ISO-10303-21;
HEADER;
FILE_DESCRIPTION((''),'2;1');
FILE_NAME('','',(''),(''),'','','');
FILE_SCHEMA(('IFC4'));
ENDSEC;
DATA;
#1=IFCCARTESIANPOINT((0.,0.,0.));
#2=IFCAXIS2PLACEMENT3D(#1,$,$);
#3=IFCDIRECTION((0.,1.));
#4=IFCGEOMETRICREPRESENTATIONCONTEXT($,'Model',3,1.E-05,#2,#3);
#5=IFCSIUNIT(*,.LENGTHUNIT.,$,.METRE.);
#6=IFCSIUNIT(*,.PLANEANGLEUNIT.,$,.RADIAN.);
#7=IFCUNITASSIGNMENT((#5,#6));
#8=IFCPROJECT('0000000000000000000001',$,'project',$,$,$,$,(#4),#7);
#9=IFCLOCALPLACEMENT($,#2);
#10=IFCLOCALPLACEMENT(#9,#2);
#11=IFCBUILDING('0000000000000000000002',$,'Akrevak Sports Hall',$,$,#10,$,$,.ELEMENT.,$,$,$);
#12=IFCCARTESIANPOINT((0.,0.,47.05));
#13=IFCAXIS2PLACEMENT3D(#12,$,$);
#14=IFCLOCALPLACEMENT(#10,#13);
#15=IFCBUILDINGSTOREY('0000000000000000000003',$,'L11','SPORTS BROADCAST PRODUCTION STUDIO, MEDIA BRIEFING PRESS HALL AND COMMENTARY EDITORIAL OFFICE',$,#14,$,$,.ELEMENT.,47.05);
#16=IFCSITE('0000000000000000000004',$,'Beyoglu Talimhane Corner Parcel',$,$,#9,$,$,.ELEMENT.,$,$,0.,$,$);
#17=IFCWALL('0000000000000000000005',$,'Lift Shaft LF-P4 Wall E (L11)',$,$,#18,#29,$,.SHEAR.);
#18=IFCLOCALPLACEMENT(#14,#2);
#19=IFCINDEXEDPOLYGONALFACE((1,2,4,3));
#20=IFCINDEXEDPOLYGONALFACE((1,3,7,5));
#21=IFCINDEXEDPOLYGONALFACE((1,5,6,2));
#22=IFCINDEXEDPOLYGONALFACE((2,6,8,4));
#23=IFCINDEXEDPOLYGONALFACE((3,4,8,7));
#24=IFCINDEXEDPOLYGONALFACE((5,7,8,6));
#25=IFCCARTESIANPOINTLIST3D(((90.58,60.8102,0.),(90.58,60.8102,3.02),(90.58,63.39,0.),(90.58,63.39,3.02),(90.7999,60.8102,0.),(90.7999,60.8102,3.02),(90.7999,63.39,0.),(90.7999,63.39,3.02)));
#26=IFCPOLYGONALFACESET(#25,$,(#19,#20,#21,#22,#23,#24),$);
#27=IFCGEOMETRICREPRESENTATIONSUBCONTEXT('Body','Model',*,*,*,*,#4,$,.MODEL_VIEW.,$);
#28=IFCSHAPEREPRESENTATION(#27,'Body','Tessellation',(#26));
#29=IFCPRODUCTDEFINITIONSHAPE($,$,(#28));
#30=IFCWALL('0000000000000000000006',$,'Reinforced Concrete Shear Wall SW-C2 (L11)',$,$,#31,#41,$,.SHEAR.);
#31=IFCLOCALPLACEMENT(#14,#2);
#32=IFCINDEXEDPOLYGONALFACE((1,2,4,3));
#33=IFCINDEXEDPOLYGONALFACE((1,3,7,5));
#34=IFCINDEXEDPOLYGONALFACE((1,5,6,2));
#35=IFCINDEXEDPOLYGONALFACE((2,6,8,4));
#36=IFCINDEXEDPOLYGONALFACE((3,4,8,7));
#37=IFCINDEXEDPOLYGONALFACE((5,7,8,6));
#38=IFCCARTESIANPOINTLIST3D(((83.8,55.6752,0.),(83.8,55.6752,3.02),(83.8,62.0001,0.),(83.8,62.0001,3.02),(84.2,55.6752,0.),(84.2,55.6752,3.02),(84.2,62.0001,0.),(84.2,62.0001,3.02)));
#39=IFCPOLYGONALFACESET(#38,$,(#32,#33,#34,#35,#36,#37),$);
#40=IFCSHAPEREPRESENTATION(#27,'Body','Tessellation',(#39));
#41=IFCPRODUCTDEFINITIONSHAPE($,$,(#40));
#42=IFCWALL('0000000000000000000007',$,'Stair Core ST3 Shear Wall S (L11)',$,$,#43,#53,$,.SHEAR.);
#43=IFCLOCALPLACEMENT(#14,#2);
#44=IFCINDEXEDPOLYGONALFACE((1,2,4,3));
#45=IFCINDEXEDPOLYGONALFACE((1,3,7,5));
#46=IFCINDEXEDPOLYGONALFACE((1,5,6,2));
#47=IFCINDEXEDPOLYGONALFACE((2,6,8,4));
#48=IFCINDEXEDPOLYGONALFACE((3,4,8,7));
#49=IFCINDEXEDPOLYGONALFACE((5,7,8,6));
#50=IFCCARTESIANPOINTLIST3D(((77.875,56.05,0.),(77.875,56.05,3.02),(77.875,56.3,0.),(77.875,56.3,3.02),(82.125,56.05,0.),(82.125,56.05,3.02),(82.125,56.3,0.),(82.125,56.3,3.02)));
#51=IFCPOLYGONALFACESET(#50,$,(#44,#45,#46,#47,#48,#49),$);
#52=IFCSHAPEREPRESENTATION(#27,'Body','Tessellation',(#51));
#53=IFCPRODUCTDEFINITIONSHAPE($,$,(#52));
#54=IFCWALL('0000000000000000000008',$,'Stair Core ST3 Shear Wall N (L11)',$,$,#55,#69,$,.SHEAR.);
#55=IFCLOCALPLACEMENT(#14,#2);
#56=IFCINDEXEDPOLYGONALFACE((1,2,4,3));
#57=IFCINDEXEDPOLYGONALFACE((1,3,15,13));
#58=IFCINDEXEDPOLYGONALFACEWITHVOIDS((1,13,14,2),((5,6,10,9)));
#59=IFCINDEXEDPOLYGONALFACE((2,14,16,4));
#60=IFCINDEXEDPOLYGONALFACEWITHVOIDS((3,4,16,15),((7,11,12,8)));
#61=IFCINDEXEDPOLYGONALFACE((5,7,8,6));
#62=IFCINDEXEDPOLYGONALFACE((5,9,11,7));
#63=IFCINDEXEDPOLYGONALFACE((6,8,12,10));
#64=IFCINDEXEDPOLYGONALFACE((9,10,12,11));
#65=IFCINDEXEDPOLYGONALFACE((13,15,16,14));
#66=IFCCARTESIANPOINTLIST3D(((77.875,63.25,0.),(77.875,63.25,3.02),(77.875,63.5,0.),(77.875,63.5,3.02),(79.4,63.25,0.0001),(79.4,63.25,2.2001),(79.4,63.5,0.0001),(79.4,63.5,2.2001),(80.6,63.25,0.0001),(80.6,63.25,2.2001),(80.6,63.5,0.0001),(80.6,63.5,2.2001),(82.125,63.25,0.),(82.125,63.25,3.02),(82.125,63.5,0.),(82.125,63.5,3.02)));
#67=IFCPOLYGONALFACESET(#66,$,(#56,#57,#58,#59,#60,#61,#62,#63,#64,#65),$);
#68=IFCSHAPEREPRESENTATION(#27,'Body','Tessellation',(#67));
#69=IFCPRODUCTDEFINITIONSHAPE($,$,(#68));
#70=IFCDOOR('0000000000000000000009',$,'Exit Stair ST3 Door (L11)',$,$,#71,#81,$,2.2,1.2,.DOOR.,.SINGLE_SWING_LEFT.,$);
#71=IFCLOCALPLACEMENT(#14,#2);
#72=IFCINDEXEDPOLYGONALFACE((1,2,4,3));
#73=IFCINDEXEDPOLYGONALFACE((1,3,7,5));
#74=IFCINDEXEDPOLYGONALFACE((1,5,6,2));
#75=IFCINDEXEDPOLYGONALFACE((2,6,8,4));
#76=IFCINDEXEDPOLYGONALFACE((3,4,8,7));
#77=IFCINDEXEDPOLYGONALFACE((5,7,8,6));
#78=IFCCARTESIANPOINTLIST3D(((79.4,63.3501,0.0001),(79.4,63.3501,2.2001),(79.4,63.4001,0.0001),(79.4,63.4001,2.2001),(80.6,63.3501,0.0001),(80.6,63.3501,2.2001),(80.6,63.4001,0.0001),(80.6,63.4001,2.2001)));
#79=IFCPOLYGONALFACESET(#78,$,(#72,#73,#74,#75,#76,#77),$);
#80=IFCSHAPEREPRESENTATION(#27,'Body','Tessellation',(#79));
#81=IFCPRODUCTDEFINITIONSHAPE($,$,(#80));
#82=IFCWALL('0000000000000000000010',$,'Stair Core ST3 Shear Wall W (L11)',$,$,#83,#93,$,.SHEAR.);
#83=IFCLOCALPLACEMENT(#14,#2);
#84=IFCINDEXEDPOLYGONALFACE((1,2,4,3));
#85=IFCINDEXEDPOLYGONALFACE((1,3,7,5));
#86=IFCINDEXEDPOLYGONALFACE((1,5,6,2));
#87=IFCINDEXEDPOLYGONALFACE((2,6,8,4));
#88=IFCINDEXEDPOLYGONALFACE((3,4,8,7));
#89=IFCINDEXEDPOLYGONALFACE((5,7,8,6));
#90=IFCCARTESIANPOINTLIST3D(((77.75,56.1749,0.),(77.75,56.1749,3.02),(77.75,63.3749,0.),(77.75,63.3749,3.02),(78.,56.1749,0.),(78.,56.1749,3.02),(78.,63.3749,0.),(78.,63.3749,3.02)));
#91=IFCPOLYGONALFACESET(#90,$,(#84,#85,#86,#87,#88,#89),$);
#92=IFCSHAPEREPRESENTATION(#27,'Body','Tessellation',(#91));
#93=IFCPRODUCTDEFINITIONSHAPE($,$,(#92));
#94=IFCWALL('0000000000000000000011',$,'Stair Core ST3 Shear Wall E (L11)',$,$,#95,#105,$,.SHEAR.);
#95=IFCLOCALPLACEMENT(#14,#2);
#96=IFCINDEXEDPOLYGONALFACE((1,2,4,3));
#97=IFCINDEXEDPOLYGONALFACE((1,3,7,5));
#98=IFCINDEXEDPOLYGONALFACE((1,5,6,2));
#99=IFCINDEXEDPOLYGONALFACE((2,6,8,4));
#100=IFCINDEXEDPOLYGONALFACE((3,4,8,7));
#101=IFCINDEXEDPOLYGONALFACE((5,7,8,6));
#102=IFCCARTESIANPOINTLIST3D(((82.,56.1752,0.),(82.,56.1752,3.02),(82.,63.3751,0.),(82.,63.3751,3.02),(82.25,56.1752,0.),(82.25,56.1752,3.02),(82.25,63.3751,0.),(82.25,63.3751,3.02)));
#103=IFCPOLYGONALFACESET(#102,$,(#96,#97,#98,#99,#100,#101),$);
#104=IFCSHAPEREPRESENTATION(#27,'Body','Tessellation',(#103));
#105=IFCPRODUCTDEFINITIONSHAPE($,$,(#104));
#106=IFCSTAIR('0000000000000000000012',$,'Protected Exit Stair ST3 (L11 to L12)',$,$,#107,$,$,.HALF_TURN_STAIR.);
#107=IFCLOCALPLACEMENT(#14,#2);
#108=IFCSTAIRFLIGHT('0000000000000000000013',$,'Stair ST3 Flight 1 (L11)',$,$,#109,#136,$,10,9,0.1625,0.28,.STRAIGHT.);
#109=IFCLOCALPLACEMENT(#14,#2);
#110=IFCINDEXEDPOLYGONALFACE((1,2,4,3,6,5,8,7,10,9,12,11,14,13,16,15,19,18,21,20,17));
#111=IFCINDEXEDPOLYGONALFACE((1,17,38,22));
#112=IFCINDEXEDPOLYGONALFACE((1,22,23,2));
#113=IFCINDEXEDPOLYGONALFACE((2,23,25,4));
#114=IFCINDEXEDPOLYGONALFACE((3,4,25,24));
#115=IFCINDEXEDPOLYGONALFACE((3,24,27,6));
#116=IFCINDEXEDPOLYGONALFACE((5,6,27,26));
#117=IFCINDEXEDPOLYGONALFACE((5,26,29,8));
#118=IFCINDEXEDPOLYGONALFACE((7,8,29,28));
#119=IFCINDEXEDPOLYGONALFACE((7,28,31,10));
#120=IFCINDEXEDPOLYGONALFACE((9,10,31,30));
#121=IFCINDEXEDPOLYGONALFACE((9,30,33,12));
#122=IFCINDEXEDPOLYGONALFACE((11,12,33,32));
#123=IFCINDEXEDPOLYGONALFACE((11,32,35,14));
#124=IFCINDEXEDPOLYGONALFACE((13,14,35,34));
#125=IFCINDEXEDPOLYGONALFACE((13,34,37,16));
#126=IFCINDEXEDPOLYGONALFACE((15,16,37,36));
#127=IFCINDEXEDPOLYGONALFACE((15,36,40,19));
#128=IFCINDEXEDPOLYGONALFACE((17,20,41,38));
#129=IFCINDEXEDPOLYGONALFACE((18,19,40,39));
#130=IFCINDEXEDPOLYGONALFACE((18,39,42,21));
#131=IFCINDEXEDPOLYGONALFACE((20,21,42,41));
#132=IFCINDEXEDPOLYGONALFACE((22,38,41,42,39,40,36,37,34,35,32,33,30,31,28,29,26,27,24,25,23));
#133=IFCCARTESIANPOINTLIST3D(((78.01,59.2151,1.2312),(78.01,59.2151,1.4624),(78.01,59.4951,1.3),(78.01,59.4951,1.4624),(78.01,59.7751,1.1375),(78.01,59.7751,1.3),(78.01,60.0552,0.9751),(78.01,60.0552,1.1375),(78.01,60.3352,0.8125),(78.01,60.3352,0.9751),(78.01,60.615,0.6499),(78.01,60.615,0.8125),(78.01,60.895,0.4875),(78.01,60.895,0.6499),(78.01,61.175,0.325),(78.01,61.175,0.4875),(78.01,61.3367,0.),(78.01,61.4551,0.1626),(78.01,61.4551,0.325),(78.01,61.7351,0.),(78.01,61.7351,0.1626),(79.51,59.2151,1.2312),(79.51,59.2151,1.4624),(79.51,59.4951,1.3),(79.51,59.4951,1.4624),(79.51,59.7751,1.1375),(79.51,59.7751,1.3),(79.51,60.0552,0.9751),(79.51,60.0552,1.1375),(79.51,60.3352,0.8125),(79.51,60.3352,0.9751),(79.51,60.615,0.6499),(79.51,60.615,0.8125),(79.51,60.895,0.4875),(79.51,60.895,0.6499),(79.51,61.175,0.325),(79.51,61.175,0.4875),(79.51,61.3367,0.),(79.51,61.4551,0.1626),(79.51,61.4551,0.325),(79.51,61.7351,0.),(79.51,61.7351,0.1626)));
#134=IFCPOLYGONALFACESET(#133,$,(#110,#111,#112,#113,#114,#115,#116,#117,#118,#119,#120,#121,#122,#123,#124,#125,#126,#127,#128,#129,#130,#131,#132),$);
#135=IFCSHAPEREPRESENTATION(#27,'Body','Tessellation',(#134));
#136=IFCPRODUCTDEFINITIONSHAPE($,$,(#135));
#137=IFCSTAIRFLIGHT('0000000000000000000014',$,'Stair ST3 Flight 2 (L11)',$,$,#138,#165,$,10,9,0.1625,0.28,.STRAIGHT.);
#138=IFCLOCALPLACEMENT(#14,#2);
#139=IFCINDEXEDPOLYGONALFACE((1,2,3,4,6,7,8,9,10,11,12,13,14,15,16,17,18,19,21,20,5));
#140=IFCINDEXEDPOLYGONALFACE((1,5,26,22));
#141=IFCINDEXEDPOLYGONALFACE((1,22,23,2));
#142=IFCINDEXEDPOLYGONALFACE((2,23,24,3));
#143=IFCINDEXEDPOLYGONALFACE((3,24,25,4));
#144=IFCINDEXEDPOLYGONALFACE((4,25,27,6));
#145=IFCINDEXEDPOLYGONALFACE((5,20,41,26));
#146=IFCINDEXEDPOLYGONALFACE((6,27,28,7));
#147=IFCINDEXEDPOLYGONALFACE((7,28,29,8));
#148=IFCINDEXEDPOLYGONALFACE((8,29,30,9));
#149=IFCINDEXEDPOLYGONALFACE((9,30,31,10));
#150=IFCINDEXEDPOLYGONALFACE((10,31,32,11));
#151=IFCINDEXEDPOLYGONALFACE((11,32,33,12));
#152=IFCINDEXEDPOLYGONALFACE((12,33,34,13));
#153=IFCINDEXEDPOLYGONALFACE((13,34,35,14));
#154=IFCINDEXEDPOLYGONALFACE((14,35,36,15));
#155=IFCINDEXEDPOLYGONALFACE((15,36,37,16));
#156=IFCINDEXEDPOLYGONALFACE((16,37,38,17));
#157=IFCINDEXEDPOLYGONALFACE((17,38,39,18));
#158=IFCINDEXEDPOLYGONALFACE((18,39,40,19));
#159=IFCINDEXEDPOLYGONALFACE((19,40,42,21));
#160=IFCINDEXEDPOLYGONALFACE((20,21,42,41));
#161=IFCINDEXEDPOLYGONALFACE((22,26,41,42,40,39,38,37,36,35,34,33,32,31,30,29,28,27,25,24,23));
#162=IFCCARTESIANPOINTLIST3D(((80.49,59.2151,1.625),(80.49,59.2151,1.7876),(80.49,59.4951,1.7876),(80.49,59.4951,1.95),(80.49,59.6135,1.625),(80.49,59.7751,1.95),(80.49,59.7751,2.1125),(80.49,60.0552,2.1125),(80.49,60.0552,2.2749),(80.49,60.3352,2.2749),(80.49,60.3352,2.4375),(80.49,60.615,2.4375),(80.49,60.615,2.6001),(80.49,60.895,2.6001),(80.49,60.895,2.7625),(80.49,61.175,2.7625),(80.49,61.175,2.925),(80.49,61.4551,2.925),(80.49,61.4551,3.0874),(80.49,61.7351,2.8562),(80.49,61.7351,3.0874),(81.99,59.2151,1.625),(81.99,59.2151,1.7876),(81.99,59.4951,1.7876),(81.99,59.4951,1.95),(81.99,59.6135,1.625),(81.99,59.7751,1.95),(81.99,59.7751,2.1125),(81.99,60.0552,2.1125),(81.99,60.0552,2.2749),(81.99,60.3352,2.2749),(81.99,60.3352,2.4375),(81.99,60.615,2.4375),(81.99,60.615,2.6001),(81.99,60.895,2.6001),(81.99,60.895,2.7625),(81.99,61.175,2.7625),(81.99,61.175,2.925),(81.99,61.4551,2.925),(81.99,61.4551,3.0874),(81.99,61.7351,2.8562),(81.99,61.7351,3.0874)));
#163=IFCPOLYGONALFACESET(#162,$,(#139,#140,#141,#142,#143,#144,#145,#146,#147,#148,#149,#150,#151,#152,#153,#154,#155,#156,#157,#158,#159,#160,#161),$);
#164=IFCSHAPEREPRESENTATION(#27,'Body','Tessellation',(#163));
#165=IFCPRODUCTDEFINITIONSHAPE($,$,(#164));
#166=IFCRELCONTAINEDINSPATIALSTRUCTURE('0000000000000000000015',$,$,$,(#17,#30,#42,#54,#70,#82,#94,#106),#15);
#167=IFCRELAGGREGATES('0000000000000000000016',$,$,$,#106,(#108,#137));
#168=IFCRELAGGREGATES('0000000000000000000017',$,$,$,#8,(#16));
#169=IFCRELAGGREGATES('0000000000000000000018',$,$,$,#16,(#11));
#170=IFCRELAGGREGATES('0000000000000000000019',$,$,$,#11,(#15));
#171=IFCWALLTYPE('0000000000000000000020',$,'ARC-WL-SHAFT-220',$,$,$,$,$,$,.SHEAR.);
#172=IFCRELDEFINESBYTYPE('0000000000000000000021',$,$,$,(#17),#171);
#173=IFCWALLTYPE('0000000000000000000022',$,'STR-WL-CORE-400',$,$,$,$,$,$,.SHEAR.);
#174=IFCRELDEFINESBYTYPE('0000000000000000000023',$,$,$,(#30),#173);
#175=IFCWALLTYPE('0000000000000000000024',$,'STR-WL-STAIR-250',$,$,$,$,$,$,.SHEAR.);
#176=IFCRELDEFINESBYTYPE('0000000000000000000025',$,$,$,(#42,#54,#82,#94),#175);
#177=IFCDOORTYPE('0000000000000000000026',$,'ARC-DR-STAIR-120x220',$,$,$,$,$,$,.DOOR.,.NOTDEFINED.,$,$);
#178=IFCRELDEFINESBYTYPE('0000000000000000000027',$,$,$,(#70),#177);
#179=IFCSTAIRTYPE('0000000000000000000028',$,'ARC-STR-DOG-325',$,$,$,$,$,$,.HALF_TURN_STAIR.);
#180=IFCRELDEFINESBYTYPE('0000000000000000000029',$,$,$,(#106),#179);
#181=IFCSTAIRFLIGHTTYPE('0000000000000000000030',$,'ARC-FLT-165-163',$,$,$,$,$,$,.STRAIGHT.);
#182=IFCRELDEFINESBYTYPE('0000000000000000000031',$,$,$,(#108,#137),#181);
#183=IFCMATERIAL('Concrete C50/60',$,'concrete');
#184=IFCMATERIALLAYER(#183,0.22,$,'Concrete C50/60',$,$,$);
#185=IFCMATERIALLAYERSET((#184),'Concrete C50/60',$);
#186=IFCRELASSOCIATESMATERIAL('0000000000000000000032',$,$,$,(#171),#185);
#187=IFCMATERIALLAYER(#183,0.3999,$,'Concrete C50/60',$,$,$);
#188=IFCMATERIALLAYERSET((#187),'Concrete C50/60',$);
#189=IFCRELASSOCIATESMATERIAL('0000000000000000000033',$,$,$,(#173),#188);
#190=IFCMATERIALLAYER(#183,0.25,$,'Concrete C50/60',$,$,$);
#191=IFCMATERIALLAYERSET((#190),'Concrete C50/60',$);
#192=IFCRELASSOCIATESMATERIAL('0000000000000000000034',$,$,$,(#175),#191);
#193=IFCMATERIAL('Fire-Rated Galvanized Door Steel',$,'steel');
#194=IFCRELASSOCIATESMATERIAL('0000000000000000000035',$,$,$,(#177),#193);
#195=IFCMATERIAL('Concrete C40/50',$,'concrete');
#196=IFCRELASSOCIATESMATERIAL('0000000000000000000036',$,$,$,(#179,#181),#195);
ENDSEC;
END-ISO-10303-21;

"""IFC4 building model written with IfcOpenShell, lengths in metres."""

from ifc_helpers import new_model, si_unit, direction, frame, frame_2d, origin, place, context, subcontext, project, spatial, polyline, rectangle, outline, extrude, material, layer, layer_set, type_object, element, fill, aggregate, save


model = new_model("IFC4")

# Units and contexts
model_context = context("Model", 3, precision=1e-05, world=origin(), true_north=direction((0.0, 1.0)))
body_context = subcontext(model_context, "Body", "Model", "MODEL_VIEW")
ifc_project = project(units=[si_unit("LENGTHUNIT", "METRE"), si_unit("PLANEANGLEUNIT", "RADIAN")], contexts=[model_context])

# Site, building, storey
site_placement = place(None, origin())
site = spatial("IfcSite", under=ifc_project, at=site_placement, Name="Beyoglu Talimhane Corner Parcel", CompositionType="ELEMENT", RefElevation=0.0)
building_placement = place(site_placement, origin())
building = spatial("IfcBuilding", under=site, at=building_placement, Name="Akrevak Sports Hall", CompositionType="ELEMENT")
storey_placement = place(building_placement, frame((0.0, 0.0, 47.05)))
storey = spatial("IfcBuildingStorey", under=building, at=storey_placement, Name="L11", Description="SPORTS BROADCAST PRODUCTION STUDIO, MEDIA BRIEFING PRESS HALL AND COMMENTARY EDITORIAL OFFICE", CompositionType="ELEMENT", Elevation=47.05)

# Shared definitions
ifc_material_1 = material(Name="Concrete C40/50", Category="concrete")
ifc_material_2 = material(Name="Concrete C50/60", Category="concrete")

# Shared definitions
ifc_layer_1 = layer(ifc_material_2, 0.22, Name="Concrete C50/60")
ifc_layer_set_1 = layer_set([ifc_layer_1], Name="Concrete C50/60")
wall_type_1 = type_object("IfcWallType", Name="ARC-WL-SHAFT-220", PredefinedType="SHEAR", material=ifc_layer_set_1)

# Walls
wall_1_placement = place(storey_placement, frame((90.6899, 60.8101, 0.0), z_axis=(0.0, 0.0, 1.0), x_axis=(0.0, 1.0, 0.0)))
element("IfcWall", 1, at=wall_1_placement, inside=storey, type_object=wall_type_1, Name="Lift Shaft LF-P4 Wall E (L11)", PredefinedType="SHEAR", context=body_context, shape_type="SweptSolid", body=[
    extrude(rectangle(XDim=2.5798, YDim=0.22, at=frame_2d((1.29, 0.0))), origin(), (0.0, 0.0, 1.0), 3.02),
])
ifc_layer_2 = layer(ifc_material_2, 0.3999, Name="Concrete C50/60")
ifc_layer_set_2 = layer_set([ifc_layer_2], Name="Concrete C50/60")
wall_type_2 = type_object("IfcWallType", Name="STR-WL-CORE-400", PredefinedType="SHEAR", material=ifc_layer_set_2)
wall_2_placement = place(storey_placement, frame((84.0, 55.675, 0.0), z_axis=(0.0, 0.0, 1.0), x_axis=(0.0, 1.0, 0.0)))
element("IfcWall", 2, at=wall_2_placement, inside=storey, type_object=wall_type_2, Name="Reinforced Concrete Shear Wall SW-C2 (L11)", PredefinedType="SHEAR", context=body_context, shape_type="SweptSolid", body=[
    extrude(rectangle(XDim=6.325, YDim=0.3999, at=frame_2d((3.1626, 0.0))), origin(), (0.0, 0.0, 1.0), 3.02),
])
ifc_layer_3 = layer(ifc_material_2, 0.25, Name="Concrete C50/60")
ifc_layer_set_3 = layer_set([ifc_layer_3], Name="Concrete C50/60")
wall_type_3 = type_object("IfcWallType", Name="STR-WL-STAIR-250", PredefinedType="SHEAR", material=ifc_layer_set_3)
wall_3_placement = place(storey_placement, frame((77.875, 56.175, 0.0), z_axis=(0.0, 0.0, 1.0), x_axis=(1.0, 0.0, 0.0)))
element("IfcWall", 3, at=wall_3_placement, inside=storey, type_object=wall_type_3, Name="Stair Core ST3 Shear Wall S (L11)", PredefinedType="SHEAR", context=body_context, shape_type="SweptSolid", body=[
    extrude(rectangle(XDim=4.25, YDim=0.25, at=frame_2d((2.125, 0.0))), origin(), (0.0, 0.0, 1.0), 3.02),
])

# Wall, opening, door
wall_4_placement = place(storey_placement, frame((82.125, 63.375, 0.0), z_axis=(0.0, 0.0, 1.0), x_axis=(-1.0, 0.0, 0.0)))
wall_4 = element("IfcWall", 4, at=wall_4_placement, inside=storey, type_object=wall_type_3, Name="Stair Core ST3 Shear Wall N (L11)", PredefinedType="SHEAR", context=body_context, shape_type="SweptSolid", body=[
    extrude(rectangle(XDim=4.25, YDim=0.25, at=frame_2d((2.125, 0.0))), origin(), (0.0, 0.0, 1.0), 3.02),
])
opening_1_placement = place(wall_4_placement, frame((1.5249, 0.0, 0.0)))
opening_1 = element("IfcOpeningElement", 5, at=opening_1_placement, cuts=wall_4, PredefinedType="OPENING", context=body_context, shape_type="SweptSolid", body=[
    extrude(rectangle(XDim=1.2, YDim=2.2, at=frame_2d((0.6001, 1.1001))), frame((0.0, 0.137, 0.0), z_axis=(0.0, -1.0, 0.0), x_axis=(1.0, 0.0, 0.0)), (0.0, 0.0, 1.0), 0.2739),
])
ifc_material_3 = material(Name="Fire-Rated Galvanized Door Steel", Category="steel")
door_type_1 = type_object("IfcDoorType", Name="ARC-DR-STAIR-120x220", OperationType="NOTDEFINED", PredefinedType="DOOR", material=ifc_material_3)
door_1_placement = place(opening_1_placement, origin())
door_1 = element("IfcDoor", 6, at=door_1_placement, inside=storey, type_object=door_type_1, Name="Exit Stair ST3 Door (L11)", OperationType="SINGLE_SWING_LEFT", OverallHeight=2.2, OverallWidth=1.2, PredefinedType="DOOR", context=body_context, shape_type="SweptSolid", body=[
    extrude(rectangle(XDim=1.2, YDim=2.2, at=frame_2d((0.6001, 1.1001))), frame((0.0, 0.0249, 0.0), z_axis=(0.0, -1.0, 0.0), x_axis=(1.0, 0.0, 0.0)), (0.0, 0.0, 1.0), 0.05),
])
fill(opening_1, door_1)

# Walls
for number, where, z_axis, x_axis, name in (
    (7, (77.875, 63.375, 0.0), (0.0, 0.0, 1.0), (0.0, -1.0, 0.0), "Stair Core ST3 Shear Wall W (L11)"),
    (8, (82.125, 56.175, 0.0), (0.0, 0.0, 1.0), (0.0, 1.0, 0.0), "Stair Core ST3 Shear Wall E (L11)"),
):
    element("IfcWall", number, at=place(storey_placement, frame(where, z_axis=z_axis, x_axis=x_axis)), inside=storey, type_object=wall_type_3, Name=name, PredefinedType="SHEAR", context=body_context, shape_type="SweptSolid", body=[
        extrude(rectangle(XDim=7.2, YDim=0.25, at=frame_2d((3.6001, 0.0))), origin(), (0.0, 0.0, 1.0), 3.02),
    ])

# Stair, stair flights
stair_type = type_object("IfcStairType", Name="ARC-STR-DOG-325", PredefinedType="HALF_TURN_STAIR", material=ifc_material_1)
stair_placement = place(storey_placement, origin())
stair = element("IfcStair", 9, at=stair_placement, inside=storey, type_object=stair_type, Name="Protected Exit Stair ST3 (L11 to L12)", PredefinedType="HALF_TURN_STAIR")
stair_flight_type = type_object("IfcStairFlightType", Name="ARC-FLT-165-163", PredefinedType="STRAIGHT", material=ifc_material_1)
stair_flight_1_placement = place(storey_placement, frame((78.76, 61.7351, 0.0), z_axis=(0.0, 0.0, 1.0), x_axis=(0.0, -1.0, 0.0)))
stair_flight_1 = element("IfcStairFlight", 10, at=stair_flight_1_placement, type_object=stair_flight_type, Name="Stair ST3 Flight 1 (L11)", NumberOfRisers=10, NumberOfTreads=9, PredefinedType="STRAIGHT", RiserHeight=0.1625, TreadLength=0.28, context=body_context, shape_type="SweptSolid", body=[
    extrude(outline(polyline([(0.0, 0.0), (0.0, 0.1626), (0.28, 0.1626), (0.28, 0.325), (0.5601, 0.325), (0.5601, 0.4875), (0.8401, 0.4875), (0.8401, 0.6499), (1.1201, 0.6499), (1.1201, 0.8125), (1.3999, 0.8125), (1.3999, 0.9751), (1.6799, 0.9751), (1.6799, 1.1375), (1.96, 1.1375), (1.96, 1.3), (2.24, 1.3), (2.24, 1.4624), (2.52, 1.4624), (2.52, 1.625), (2.52, 1.2312), (0.3984, 0.0), (0.0, 0.0)])), frame((0.0, 0.75, 0.0), z_axis=(0.0, -1.0, 0.0), x_axis=(1.0, 0.0, 0.0)), (0.0, 0.0, 1.0), 1.5),
])
stair_flight_2_placement = place(storey_placement, frame((81.24, 59.2151, 1.625), z_axis=(0.0, 0.0, 1.0), x_axis=(0.0, 1.0, 0.0)))
stair_flight_2 = element("IfcStairFlight", 11, at=stair_flight_2_placement, type_object=stair_flight_type, Name="Stair ST3 Flight 2 (L11)", NumberOfRisers=10, NumberOfTreads=9, PredefinedType="STRAIGHT", RiserHeight=0.1625, TreadLength=0.28, context=body_context, shape_type="SweptSolid", body=[
    extrude(outline(polyline([(0.0, 0.0), (0.0, 0.1626), (0.28, 0.1626), (0.28, 0.325), (0.5601, 0.325), (0.5601, 0.4875), (0.8401, 0.4875), (0.8401, 0.6499), (1.1201, 0.6499), (1.1201, 0.8125), (1.3999, 0.8125), (1.3999, 0.9751), (1.6799, 0.9751), (1.6799, 1.1375), (1.96, 1.1375), (1.96, 1.3), (2.24, 1.3), (2.24, 1.4624), (2.52, 1.4624), (2.52, 1.625), (2.52, 1.2312), (0.3984, 0.0), (0.0, 0.0)])), frame((0.0, 0.75, 0.0), z_axis=(0.0, -1.0, 0.0), x_axis=(1.0, 0.0, 0.0)), (0.0, 0.0, 1.0), 1.5),
])
aggregate(stair, [stair_flight_1, stair_flight_2])

save(model, "model.ifc")
